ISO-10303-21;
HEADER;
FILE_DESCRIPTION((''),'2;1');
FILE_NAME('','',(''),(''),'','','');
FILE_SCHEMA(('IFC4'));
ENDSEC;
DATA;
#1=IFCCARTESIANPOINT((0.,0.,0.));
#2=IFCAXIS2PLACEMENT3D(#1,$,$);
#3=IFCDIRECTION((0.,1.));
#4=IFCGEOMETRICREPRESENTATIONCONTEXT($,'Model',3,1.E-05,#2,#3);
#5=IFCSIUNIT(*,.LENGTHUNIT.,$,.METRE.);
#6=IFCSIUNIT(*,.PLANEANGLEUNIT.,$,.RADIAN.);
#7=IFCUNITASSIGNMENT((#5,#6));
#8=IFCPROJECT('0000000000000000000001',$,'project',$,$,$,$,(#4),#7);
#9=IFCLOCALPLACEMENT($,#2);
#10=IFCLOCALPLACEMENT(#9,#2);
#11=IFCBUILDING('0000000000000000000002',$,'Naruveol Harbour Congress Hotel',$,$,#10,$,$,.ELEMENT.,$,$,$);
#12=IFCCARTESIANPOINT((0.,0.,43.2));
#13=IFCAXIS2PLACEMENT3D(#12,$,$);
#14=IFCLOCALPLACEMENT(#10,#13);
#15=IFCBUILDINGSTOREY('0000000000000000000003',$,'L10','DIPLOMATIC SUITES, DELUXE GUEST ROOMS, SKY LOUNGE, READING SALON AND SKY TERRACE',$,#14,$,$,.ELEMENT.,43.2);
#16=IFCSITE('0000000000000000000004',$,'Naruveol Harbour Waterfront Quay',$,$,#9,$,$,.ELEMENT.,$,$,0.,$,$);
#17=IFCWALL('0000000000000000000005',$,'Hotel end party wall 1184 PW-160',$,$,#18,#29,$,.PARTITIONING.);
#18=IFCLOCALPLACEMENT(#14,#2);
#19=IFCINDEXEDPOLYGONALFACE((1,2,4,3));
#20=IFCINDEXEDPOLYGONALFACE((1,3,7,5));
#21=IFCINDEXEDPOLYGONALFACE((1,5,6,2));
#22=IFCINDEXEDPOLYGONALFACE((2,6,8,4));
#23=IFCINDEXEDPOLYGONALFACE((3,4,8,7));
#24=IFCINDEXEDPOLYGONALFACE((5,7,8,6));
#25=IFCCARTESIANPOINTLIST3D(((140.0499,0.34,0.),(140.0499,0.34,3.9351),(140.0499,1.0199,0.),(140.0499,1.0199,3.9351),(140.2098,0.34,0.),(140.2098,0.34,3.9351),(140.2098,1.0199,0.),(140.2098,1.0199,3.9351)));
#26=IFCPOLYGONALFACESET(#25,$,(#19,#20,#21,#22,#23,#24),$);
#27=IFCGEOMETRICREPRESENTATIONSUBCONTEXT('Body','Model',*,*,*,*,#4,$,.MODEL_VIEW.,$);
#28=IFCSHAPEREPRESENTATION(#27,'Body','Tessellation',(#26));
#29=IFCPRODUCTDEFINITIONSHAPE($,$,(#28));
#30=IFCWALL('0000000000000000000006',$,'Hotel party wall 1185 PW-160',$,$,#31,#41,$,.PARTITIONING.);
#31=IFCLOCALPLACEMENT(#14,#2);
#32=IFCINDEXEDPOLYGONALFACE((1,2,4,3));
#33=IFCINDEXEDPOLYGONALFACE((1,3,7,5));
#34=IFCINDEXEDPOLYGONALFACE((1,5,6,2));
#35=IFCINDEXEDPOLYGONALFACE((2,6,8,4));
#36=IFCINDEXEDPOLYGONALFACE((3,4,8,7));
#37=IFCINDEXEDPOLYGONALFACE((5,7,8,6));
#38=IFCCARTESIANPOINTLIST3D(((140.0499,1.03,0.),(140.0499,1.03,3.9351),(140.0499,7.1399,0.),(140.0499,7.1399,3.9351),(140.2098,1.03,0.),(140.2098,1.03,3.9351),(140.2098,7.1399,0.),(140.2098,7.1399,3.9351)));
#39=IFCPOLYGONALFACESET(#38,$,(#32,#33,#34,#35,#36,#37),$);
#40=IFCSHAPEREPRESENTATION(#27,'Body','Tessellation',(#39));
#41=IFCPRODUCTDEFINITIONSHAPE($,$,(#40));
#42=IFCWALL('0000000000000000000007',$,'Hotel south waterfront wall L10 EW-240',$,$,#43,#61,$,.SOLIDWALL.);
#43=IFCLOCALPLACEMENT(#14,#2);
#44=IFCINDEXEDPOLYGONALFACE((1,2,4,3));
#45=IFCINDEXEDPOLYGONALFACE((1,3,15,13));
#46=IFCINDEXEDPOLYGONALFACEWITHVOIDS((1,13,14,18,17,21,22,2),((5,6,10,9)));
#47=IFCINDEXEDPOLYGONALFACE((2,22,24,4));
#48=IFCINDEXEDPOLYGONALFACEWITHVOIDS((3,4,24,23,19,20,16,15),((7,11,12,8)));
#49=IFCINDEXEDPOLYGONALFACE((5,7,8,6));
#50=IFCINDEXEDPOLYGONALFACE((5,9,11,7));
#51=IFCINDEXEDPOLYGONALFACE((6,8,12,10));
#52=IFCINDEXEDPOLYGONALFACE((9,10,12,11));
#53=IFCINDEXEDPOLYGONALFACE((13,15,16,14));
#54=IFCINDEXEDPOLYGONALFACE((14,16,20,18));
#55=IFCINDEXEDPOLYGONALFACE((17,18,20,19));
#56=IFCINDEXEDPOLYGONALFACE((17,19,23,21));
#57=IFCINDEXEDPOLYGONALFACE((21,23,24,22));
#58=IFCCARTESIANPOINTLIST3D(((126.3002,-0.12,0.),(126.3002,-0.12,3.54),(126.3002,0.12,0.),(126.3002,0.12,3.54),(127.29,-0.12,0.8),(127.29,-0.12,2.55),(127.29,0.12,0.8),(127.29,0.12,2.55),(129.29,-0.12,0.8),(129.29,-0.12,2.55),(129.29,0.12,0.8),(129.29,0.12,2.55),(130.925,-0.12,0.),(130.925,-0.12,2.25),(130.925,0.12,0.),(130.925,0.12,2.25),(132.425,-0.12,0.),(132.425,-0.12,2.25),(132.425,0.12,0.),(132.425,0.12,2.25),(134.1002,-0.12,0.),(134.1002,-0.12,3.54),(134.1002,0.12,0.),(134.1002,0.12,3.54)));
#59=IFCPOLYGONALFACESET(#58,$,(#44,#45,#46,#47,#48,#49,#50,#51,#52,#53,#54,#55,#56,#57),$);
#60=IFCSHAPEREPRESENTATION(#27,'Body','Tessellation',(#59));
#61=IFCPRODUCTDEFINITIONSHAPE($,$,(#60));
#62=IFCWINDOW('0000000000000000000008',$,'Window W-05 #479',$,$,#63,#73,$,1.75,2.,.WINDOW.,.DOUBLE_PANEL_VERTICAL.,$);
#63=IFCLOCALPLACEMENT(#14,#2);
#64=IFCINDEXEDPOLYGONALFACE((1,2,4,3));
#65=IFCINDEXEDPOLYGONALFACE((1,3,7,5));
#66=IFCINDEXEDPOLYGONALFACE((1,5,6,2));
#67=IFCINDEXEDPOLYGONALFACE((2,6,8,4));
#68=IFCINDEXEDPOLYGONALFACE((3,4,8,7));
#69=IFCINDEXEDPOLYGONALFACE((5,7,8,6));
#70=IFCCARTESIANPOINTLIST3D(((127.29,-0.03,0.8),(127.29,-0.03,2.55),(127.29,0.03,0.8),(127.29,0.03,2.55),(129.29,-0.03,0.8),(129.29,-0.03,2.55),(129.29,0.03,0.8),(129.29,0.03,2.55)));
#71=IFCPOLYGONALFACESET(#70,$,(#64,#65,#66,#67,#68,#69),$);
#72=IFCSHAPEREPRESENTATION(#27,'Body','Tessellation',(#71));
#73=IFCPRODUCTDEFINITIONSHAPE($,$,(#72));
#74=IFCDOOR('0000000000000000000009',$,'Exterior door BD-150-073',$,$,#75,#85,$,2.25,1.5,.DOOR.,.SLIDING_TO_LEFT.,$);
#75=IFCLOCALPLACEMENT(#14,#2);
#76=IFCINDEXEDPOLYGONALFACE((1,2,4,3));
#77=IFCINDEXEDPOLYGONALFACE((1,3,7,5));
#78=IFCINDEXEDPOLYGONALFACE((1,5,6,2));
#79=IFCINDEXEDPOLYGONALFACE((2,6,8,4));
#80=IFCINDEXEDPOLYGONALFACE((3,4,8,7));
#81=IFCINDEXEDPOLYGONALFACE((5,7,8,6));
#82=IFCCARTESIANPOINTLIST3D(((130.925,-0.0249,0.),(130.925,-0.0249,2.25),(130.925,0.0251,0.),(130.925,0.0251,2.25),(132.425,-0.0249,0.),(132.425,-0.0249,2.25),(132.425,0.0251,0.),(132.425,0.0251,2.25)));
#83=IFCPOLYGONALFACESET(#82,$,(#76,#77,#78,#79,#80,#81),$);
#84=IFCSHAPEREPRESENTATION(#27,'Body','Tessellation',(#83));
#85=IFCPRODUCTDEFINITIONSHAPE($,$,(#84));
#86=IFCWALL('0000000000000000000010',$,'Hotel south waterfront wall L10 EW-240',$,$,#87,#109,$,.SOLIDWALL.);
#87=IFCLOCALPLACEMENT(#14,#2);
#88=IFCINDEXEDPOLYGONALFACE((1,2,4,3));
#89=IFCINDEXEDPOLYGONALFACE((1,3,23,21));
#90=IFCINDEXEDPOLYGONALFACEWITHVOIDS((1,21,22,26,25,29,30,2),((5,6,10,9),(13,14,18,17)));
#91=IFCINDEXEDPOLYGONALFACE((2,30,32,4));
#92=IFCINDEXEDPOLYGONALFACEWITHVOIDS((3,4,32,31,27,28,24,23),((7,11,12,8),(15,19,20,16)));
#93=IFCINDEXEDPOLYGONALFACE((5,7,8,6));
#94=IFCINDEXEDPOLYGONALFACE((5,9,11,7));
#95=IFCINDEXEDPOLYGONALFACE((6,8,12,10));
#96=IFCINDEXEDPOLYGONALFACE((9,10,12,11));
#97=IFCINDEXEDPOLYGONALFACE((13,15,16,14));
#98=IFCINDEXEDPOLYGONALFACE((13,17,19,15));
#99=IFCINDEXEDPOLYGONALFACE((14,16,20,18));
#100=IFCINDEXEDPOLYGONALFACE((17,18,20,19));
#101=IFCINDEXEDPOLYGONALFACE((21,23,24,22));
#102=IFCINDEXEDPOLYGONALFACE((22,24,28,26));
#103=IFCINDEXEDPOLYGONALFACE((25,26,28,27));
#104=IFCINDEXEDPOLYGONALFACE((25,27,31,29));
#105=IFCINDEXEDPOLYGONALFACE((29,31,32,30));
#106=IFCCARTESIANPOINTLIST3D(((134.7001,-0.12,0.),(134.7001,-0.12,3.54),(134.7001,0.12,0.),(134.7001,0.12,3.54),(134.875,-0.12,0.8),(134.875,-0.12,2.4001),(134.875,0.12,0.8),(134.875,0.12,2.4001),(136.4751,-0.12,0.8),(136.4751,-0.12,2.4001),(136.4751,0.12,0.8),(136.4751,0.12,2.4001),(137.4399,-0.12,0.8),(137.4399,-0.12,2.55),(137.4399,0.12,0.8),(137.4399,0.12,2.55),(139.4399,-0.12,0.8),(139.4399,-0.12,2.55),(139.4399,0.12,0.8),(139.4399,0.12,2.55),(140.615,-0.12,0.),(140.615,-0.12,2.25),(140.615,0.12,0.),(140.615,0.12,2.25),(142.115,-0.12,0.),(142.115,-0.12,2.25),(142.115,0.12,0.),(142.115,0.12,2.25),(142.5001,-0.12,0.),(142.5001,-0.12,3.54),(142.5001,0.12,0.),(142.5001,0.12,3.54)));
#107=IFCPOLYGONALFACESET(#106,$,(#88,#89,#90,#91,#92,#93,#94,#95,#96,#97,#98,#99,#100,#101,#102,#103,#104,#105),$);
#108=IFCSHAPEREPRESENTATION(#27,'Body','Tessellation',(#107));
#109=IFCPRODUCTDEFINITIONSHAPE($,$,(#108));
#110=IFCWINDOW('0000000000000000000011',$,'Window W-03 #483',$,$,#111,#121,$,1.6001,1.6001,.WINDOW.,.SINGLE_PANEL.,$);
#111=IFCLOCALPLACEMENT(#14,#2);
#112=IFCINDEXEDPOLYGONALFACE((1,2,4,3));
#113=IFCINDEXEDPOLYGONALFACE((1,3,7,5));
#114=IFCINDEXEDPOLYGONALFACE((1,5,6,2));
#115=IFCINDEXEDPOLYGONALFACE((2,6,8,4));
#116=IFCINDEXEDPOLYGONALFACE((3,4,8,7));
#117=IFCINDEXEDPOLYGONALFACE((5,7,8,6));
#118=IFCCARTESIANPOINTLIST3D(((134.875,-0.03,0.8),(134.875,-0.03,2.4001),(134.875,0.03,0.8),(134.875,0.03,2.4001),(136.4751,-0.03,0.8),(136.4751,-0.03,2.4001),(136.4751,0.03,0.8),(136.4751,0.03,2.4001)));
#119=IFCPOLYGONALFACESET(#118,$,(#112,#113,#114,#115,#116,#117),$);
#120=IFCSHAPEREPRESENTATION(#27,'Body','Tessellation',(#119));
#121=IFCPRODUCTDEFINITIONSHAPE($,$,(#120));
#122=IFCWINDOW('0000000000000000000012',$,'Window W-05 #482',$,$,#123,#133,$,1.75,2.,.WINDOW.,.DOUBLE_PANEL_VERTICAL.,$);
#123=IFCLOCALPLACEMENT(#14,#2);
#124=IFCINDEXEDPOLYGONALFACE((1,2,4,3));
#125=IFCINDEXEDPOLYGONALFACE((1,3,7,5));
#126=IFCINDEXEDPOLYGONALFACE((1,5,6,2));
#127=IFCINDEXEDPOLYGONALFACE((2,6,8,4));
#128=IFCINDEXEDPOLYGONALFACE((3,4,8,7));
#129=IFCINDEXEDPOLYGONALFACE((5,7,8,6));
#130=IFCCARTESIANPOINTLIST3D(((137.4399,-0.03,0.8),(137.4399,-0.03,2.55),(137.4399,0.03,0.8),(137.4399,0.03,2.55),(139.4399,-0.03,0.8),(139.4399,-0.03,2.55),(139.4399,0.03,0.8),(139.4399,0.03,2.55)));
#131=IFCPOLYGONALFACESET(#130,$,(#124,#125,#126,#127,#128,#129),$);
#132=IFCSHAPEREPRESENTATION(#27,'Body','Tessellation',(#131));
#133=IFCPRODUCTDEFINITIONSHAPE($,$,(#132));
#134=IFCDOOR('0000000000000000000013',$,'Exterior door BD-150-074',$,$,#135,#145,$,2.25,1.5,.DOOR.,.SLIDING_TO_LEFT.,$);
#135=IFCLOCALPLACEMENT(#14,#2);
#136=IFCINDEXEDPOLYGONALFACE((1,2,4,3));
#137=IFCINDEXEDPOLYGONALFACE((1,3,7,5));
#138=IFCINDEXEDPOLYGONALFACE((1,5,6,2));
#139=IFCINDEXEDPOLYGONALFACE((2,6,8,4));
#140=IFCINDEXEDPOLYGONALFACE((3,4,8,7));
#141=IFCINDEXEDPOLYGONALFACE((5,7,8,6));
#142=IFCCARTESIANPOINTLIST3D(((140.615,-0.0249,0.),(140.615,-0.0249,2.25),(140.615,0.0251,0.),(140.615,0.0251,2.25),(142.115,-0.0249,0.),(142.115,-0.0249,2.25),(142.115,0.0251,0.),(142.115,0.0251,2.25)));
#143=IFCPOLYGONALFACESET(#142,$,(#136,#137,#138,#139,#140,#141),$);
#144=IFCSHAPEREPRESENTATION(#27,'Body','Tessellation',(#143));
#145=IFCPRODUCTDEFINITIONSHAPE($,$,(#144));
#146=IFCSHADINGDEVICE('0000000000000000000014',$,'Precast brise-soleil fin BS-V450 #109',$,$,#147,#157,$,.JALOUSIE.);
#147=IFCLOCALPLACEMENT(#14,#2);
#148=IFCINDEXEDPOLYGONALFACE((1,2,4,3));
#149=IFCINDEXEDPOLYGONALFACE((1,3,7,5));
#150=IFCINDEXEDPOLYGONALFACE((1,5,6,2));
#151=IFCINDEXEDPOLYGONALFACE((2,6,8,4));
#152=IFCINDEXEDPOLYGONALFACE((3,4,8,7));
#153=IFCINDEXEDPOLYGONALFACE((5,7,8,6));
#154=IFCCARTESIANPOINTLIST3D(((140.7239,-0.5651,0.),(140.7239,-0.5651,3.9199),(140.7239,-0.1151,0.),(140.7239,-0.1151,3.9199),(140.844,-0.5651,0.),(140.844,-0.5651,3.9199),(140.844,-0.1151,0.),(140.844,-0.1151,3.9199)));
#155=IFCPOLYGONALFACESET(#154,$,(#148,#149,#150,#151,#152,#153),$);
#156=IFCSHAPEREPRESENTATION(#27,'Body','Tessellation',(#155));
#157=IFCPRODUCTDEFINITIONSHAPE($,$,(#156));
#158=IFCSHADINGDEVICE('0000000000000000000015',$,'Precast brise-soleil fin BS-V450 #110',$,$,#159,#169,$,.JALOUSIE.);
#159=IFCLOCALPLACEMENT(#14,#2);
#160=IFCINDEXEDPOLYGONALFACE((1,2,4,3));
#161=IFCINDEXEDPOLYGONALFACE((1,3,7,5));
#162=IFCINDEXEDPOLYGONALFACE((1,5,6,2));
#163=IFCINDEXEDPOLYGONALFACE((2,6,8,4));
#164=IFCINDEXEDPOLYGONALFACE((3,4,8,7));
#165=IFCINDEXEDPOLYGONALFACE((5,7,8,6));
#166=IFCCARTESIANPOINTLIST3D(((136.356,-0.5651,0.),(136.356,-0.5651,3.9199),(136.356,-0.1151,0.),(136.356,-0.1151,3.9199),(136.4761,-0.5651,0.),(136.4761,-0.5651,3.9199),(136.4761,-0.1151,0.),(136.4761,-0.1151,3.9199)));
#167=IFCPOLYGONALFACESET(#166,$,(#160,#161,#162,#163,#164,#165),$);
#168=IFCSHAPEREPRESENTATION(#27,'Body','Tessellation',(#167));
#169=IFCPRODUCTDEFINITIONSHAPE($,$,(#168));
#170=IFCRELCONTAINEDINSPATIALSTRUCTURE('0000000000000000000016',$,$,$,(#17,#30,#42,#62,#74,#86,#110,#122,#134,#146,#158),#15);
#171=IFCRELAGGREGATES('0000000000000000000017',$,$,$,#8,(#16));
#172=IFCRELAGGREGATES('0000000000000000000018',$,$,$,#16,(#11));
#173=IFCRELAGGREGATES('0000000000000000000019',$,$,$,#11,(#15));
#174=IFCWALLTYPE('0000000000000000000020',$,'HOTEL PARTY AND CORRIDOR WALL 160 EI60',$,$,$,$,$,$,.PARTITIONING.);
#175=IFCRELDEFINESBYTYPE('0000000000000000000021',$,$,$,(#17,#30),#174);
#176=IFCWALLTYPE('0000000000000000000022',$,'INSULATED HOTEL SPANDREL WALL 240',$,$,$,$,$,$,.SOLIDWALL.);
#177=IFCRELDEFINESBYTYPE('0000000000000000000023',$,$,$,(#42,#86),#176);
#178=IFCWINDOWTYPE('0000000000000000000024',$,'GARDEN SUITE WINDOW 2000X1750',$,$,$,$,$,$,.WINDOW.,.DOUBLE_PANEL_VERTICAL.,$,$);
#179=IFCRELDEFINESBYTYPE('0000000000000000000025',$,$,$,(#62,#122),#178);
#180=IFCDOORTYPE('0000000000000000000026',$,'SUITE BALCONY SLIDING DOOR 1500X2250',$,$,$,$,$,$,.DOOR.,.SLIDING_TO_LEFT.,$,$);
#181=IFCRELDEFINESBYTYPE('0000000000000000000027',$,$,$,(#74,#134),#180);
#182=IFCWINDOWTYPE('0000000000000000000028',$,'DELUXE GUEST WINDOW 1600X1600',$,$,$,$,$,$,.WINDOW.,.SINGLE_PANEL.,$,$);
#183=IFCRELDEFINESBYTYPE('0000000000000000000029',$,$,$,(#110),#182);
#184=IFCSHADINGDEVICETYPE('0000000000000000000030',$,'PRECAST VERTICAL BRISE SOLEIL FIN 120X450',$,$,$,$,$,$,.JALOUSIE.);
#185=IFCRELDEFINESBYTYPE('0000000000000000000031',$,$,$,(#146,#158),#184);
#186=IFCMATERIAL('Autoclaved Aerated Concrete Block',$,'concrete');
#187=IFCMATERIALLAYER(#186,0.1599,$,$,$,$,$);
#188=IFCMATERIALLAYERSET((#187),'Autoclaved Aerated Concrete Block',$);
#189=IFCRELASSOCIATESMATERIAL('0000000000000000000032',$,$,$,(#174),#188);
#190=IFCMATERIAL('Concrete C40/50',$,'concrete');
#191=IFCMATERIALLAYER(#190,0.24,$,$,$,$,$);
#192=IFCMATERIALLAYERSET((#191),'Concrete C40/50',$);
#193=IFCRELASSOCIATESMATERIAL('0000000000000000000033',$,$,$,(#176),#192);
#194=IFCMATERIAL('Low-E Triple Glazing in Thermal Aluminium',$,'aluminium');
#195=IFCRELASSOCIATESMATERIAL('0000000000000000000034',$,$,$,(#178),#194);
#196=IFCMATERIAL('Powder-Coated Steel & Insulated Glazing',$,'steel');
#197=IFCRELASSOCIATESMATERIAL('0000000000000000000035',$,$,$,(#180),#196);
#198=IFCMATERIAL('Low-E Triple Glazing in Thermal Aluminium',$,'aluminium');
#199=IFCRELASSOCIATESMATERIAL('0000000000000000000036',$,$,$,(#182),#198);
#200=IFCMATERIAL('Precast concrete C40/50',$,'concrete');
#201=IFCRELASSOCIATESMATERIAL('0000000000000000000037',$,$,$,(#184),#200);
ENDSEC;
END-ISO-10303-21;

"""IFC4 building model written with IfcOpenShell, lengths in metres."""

from ifc_helpers import new_model, si_unit, direction, frame, frame_2d, origin, origin_2d, place, context, subcontext, project, spatial, rectangle, extrude, material, layer, layer_set, type_object, element, fill, save


model = new_model("IFC4")

# Units and contexts
model_context = context("Model", 3, precision=1e-05, world=origin(), true_north=direction((0.0, 1.0)))
body_context = subcontext(model_context, "Body", "Model", "MODEL_VIEW")
ifc_project = project(units=[si_unit("LENGTHUNIT", "METRE"), si_unit("PLANEANGLEUNIT", "RADIAN")], contexts=[model_context])

# Site, building, storey
site_placement = place(None, origin())
site = spatial("IfcSite", under=ifc_project, at=site_placement, Name="Naruveol Harbour Waterfront Quay", CompositionType="ELEMENT", RefElevation=0.0)
building_placement = place(site_placement, origin())
building = spatial("IfcBuilding", under=site, at=building_placement, Name="Naruveol Harbour Congress Hotel", CompositionType="ELEMENT")
storey_placement = place(building_placement, frame((0.0, 0.0, 43.2)))
storey = spatial("IfcBuildingStorey", under=building, at=storey_placement, Name="L10", Description="DIPLOMATIC SUITES, DELUXE GUEST ROOMS, SKY LOUNGE, READING SALON AND SKY TERRACE", CompositionType="ELEMENT", Elevation=43.2)

# Shared definitions
ifc_material_1 = material(Name="Autoclaved Aerated Concrete Block", Category="concrete")
ifc_layer_1 = layer(ifc_material_1, 0.1599)
ifc_layer_set_1 = layer_set([ifc_layer_1], Name="Autoclaved Aerated Concrete Block")
wall_type_1 = type_object("IfcWallType", Name="HOTEL PARTY AND CORRIDOR WALL 160 EI60", PredefinedType="PARTITIONING", material=ifc_layer_set_1)

# Walls
wall_1_placement = place(storey_placement, frame((140.1299, 0.3401, 0.0), z_axis=(0.0, 0.0, 1.0), x_axis=(0.0, 1.0, 0.0)))
element("IfcWall", 1, at=wall_1_placement, inside=storey, type_object=wall_type_1, Name="Hotel end party wall 1184 PW-160", PredefinedType="PARTITIONING", context=body_context, shape_type="SweptSolid", body=[
    extrude(rectangle(XDim=0.6799, YDim=0.1599, at=frame_2d((0.3398, 0.0))), origin(), (0.0, 0.0, 1.0), 3.9351),
])
wall_2_placement = place(storey_placement, frame((140.1299, 1.03, 0.0), z_axis=(0.0, 0.0, 1.0), x_axis=(0.0, 1.0, 0.0)))
element("IfcWall", 2, at=wall_2_placement, inside=storey, type_object=wall_type_1, Name="Hotel party wall 1185 PW-160", PredefinedType="PARTITIONING", context=body_context, shape_type="SweptSolid", body=[
    extrude(rectangle(XDim=6.1099, YDim=0.1599, at=frame_2d((3.0549, 0.0))), origin(), (0.0, 0.0, 1.0), 3.9351),
])

# Wall, openings, window, door
ifc_material_2 = material(Name="Concrete C40/50", Category="concrete")
ifc_layer_2 = layer(ifc_material_2, 0.24)
ifc_layer_set_2 = layer_set([ifc_layer_2], Name="Concrete C40/50")
wall_type_2 = type_object("IfcWallType", Name="INSULATED HOTEL SPANDREL WALL 240", PredefinedType="SOLIDWALL", material=ifc_layer_set_2)
wall_3_placement = place(storey_placement, frame((134.1001, 0.0, 0.0), z_axis=(0.0, 0.0, 1.0), x_axis=(-1.0, 0.0, 0.0)))
wall_3 = element("IfcWall", 3, at=wall_3_placement, inside=storey, type_object=wall_type_2, Name="Hotel south waterfront wall L10 EW-240", PredefinedType="SOLIDWALL", context=body_context, shape_type="SweptSolid", body=[
    extrude(rectangle(XDim=7.8, YDim=0.24, at=frame_2d((3.8999, 0.0))), origin(), (0.0, 0.0, 1.0), 3.54),
])
opening_1_placement = place(wall_3_placement, frame((1.675, 0.0, 0.0)))
opening_1 = element("IfcOpeningElement", 4, at=opening_1_placement, cuts=wall_3, PredefinedType="OPENING", context=body_context, shape_type="SweptSolid", body=[
    extrude(rectangle(XDim=1.5, YDim=2.25, at=frame_2d((0.75, 1.125))), frame((0.0, 0.1299, 0.0), z_axis=(0.0, -1.0, 0.0), x_axis=(1.0, 0.0, 0.0)), (0.0, 0.0, 1.0), 0.26),
])
opening_2_placement = place(wall_3_placement, frame((4.8101, 0.0, 0.8)))
opening_2 = element("IfcOpeningElement", 5, at=opening_2_placement, cuts=wall_3, PredefinedType="OPENING", context=body_context, shape_type="SweptSolid", body=[
    extrude(rectangle(XDim=2.0, YDim=1.75, at=frame_2d((1.0, 0.875))), frame((0.0, 0.1299, 0.0), z_axis=(0.0, -1.0, 0.0), x_axis=(1.0, 0.0, 0.0)), (0.0, 0.0, 1.0), 0.26),
])
ifc_material_3 = material(Name="Low-E Triple Glazing in Thermal Aluminium", Category="aluminium")
window_type_1 = type_object("IfcWindowType", Name="GARDEN SUITE WINDOW 2000X1750", PartitioningType="DOUBLE_PANEL_VERTICAL", PredefinedType="WINDOW", material=ifc_material_3)
window_1_placement = place(opening_2_placement, origin())
window_1 = element("IfcWindow", 6, at=window_1_placement, inside=storey, type_object=window_type_1, Name="Window W-05 #479", OverallHeight=1.75, OverallWidth=2.0, PartitioningType="DOUBLE_PANEL_VERTICAL", PredefinedType="WINDOW", context=body_context, shape_type="SweptSolid", body=[
    extrude(rectangle(XDim=2.0, YDim=1.75, at=frame_2d((1.0, 0.875))), frame((0.0, 0.03, 0.0), z_axis=(0.0, -1.0, 0.0), x_axis=(1.0, 0.0, 0.0)), (0.0, 0.0, 1.0), 0.0601),
])
fill(opening_2, window_1)
ifc_material_4 = material(Name="Powder-Coated Steel & Insulated Glazing", Category="steel")
door_type_1 = type_object("IfcDoorType", Name="SUITE BALCONY SLIDING DOOR 1500X2250", OperationType="SLIDING_TO_LEFT", PredefinedType="DOOR", material=ifc_material_4)
door_1_placement = place(opening_1_placement, origin())
door_1 = element("IfcDoor", 7, at=door_1_placement, inside=storey, type_object=door_type_1, Name="Exterior door BD-150-073", OperationType="SLIDING_TO_LEFT", OverallHeight=2.25, OverallWidth=1.5, PredefinedType="DOOR", context=body_context, shape_type="SweptSolid", body=[
    extrude(rectangle(XDim=1.5, YDim=2.25, at=frame_2d((0.75, 1.125))), frame((0.0, 0.0249, 0.0), z_axis=(0.0, -1.0, 0.0), x_axis=(1.0, 0.0, 0.0)), (0.0, 0.0, 1.0), 0.05),
])
fill(opening_1, door_1)

# Wall, openings, windows, door
wall_4_placement = place(storey_placement, frame((142.5, 0.0, 0.0), z_axis=(0.0, 0.0, 1.0), x_axis=(-1.0, 0.0, 0.0)))
wall_4 = element("IfcWall", 8, at=wall_4_placement, inside=storey, type_object=wall_type_2, Name="Hotel south waterfront wall L10 EW-240", PredefinedType="SOLIDWALL", context=body_context, shape_type="SweptSolid", body=[
    extrude(rectangle(XDim=7.8, YDim=0.24, at=frame_2d((3.8999, 0.0))), origin(), (0.0, 0.0, 1.0), 3.54),
])
opening_3_placement = place(wall_4_placement, frame((0.385, 0.0, 0.0)))
opening_3 = element("IfcOpeningElement", 9, at=opening_3_placement, cuts=wall_4, PredefinedType="OPENING", context=body_context, shape_type="SweptSolid", body=[
    extrude(rectangle(XDim=1.5, YDim=2.25, at=frame_2d((0.75, 1.125))), frame((0.0, 0.1299, 0.0), z_axis=(0.0, -1.0, 0.0), x_axis=(1.0, 0.0, 0.0)), (0.0, 0.0, 1.0), 0.26),
])
opening_4_placement = place(wall_4_placement, frame((3.0601, 0.0, 0.8)))
opening_4 = element("IfcOpeningElement", 10, at=opening_4_placement, cuts=wall_4, PredefinedType="OPENING", context=body_context, shape_type="SweptSolid", body=[
    extrude(rectangle(XDim=2.0, YDim=1.75, at=frame_2d((1.0, 0.875))), frame((0.0, 0.1299, 0.0), z_axis=(0.0, -1.0, 0.0), x_axis=(1.0, 0.0, 0.0)), (0.0, 0.0, 1.0), 0.26),
])
opening_5_placement = place(wall_4_placement, frame((6.0249, 0.0, 0.8)))
opening_5 = element("IfcOpeningElement", 11, at=opening_5_placement, cuts=wall_4, PredefinedType="OPENING", context=body_context, shape_type="SweptSolid", body=[
    extrude(rectangle(XDim=1.6001, YDim=1.6001, at=frame_2d((0.8, 0.8))), frame((0.0, 0.1299, 0.0), z_axis=(0.0, -1.0, 0.0), x_axis=(1.0, 0.0, 0.0)), (0.0, 0.0, 1.0), 0.26),
])
ifc_material_5 = material(Name="Low-E Triple Glazing in Thermal Aluminium", Category="aluminium")
window_type_2 = type_object("IfcWindowType", Name="DELUXE GUEST WINDOW 1600X1600", PartitioningType="SINGLE_PANEL", PredefinedType="WINDOW", material=ifc_material_5)
window_2_placement = place(opening_5_placement, origin())
window_2 = element("IfcWindow", 12, at=window_2_placement, inside=storey, type_object=window_type_2, Name="Window W-03 #483", OverallHeight=1.6001, OverallWidth=1.6001, PartitioningType="SINGLE_PANEL", PredefinedType="WINDOW", context=body_context, shape_type="SweptSolid", body=[
    extrude(rectangle(XDim=1.6001, YDim=1.6001, at=frame_2d((0.8, 0.8))), frame((0.0, 0.03, 0.0), z_axis=(0.0, -1.0, 0.0), x_axis=(1.0, 0.0, 0.0)), (0.0, 0.0, 1.0), 0.0601),
])
fill(opening_5, window_2)
window_3_placement = place(opening_4_placement, origin())
window_3 = element("IfcWindow", 13, at=window_3_placement, inside=storey, type_object=window_type_1, Name="Window W-05 #482", OverallHeight=1.75, OverallWidth=2.0, PartitioningType="DOUBLE_PANEL_VERTICAL", PredefinedType="WINDOW", context=body_context, shape_type="SweptSolid", body=[
    extrude(rectangle(XDim=2.0, YDim=1.75, at=frame_2d((1.0, 0.875))), frame((0.0, 0.03, 0.0), z_axis=(0.0, -1.0, 0.0), x_axis=(1.0, 0.0, 0.0)), (0.0, 0.0, 1.0), 0.0601),
])
fill(opening_4, window_3)
door_2_placement = place(opening_3_placement, origin())
door_2 = element("IfcDoor", 14, at=door_2_placement, inside=storey, type_object=door_type_1, Name="Exterior door BD-150-074", OperationType="SLIDING_TO_LEFT", OverallHeight=2.25, OverallWidth=1.5, PredefinedType="DOOR", context=body_context, shape_type="SweptSolid", body=[
    extrude(rectangle(XDim=1.5, YDim=2.25, at=frame_2d((0.75, 1.125))), frame((0.0, 0.0249, 0.0), z_axis=(0.0, -1.0, 0.0), x_axis=(1.0, 0.0, 0.0)), (0.0, 0.0, 1.0), 0.05),
])
fill(opening_3, door_2)

# Shading devices
ifc_material_6 = material(Name="Precast concrete C40/50", Category="concrete")
shading_device_type = type_object("IfcShadingDeviceType", Name="PRECAST VERTICAL BRISE SOLEIL FIN 120X450", PredefinedType="JALOUSIE", material=ifc_material_6)
for number, where, z_axis, x_axis, name in (
    (15, (140.7839, -0.3401, 0.0), (0.0, 0.0, 1.0), (-1.0, 0.0, 0.0), "Precast brise-soleil fin BS-V450 #109"),
    (16, (136.416, -0.3401, 0.0), (0.0, 0.0, 1.0), (-1.0, 0.0, 0.0), "Precast brise-soleil fin BS-V450 #110"),
):
    element("IfcShadingDevice", number, at=place(storey_placement, frame(where, z_axis=z_axis, x_axis=x_axis)), inside=storey, type_object=shading_device_type, Name=name, PredefinedType="JALOUSIE", context=body_context, shape_type="SweptSolid", body=[
        extrude(rectangle(XDim=0.1201, YDim=0.45, at=origin_2d()), origin(), (0.0, 0.0, 1.0), 3.9199),
    ])

save(model, "model.ifc")
